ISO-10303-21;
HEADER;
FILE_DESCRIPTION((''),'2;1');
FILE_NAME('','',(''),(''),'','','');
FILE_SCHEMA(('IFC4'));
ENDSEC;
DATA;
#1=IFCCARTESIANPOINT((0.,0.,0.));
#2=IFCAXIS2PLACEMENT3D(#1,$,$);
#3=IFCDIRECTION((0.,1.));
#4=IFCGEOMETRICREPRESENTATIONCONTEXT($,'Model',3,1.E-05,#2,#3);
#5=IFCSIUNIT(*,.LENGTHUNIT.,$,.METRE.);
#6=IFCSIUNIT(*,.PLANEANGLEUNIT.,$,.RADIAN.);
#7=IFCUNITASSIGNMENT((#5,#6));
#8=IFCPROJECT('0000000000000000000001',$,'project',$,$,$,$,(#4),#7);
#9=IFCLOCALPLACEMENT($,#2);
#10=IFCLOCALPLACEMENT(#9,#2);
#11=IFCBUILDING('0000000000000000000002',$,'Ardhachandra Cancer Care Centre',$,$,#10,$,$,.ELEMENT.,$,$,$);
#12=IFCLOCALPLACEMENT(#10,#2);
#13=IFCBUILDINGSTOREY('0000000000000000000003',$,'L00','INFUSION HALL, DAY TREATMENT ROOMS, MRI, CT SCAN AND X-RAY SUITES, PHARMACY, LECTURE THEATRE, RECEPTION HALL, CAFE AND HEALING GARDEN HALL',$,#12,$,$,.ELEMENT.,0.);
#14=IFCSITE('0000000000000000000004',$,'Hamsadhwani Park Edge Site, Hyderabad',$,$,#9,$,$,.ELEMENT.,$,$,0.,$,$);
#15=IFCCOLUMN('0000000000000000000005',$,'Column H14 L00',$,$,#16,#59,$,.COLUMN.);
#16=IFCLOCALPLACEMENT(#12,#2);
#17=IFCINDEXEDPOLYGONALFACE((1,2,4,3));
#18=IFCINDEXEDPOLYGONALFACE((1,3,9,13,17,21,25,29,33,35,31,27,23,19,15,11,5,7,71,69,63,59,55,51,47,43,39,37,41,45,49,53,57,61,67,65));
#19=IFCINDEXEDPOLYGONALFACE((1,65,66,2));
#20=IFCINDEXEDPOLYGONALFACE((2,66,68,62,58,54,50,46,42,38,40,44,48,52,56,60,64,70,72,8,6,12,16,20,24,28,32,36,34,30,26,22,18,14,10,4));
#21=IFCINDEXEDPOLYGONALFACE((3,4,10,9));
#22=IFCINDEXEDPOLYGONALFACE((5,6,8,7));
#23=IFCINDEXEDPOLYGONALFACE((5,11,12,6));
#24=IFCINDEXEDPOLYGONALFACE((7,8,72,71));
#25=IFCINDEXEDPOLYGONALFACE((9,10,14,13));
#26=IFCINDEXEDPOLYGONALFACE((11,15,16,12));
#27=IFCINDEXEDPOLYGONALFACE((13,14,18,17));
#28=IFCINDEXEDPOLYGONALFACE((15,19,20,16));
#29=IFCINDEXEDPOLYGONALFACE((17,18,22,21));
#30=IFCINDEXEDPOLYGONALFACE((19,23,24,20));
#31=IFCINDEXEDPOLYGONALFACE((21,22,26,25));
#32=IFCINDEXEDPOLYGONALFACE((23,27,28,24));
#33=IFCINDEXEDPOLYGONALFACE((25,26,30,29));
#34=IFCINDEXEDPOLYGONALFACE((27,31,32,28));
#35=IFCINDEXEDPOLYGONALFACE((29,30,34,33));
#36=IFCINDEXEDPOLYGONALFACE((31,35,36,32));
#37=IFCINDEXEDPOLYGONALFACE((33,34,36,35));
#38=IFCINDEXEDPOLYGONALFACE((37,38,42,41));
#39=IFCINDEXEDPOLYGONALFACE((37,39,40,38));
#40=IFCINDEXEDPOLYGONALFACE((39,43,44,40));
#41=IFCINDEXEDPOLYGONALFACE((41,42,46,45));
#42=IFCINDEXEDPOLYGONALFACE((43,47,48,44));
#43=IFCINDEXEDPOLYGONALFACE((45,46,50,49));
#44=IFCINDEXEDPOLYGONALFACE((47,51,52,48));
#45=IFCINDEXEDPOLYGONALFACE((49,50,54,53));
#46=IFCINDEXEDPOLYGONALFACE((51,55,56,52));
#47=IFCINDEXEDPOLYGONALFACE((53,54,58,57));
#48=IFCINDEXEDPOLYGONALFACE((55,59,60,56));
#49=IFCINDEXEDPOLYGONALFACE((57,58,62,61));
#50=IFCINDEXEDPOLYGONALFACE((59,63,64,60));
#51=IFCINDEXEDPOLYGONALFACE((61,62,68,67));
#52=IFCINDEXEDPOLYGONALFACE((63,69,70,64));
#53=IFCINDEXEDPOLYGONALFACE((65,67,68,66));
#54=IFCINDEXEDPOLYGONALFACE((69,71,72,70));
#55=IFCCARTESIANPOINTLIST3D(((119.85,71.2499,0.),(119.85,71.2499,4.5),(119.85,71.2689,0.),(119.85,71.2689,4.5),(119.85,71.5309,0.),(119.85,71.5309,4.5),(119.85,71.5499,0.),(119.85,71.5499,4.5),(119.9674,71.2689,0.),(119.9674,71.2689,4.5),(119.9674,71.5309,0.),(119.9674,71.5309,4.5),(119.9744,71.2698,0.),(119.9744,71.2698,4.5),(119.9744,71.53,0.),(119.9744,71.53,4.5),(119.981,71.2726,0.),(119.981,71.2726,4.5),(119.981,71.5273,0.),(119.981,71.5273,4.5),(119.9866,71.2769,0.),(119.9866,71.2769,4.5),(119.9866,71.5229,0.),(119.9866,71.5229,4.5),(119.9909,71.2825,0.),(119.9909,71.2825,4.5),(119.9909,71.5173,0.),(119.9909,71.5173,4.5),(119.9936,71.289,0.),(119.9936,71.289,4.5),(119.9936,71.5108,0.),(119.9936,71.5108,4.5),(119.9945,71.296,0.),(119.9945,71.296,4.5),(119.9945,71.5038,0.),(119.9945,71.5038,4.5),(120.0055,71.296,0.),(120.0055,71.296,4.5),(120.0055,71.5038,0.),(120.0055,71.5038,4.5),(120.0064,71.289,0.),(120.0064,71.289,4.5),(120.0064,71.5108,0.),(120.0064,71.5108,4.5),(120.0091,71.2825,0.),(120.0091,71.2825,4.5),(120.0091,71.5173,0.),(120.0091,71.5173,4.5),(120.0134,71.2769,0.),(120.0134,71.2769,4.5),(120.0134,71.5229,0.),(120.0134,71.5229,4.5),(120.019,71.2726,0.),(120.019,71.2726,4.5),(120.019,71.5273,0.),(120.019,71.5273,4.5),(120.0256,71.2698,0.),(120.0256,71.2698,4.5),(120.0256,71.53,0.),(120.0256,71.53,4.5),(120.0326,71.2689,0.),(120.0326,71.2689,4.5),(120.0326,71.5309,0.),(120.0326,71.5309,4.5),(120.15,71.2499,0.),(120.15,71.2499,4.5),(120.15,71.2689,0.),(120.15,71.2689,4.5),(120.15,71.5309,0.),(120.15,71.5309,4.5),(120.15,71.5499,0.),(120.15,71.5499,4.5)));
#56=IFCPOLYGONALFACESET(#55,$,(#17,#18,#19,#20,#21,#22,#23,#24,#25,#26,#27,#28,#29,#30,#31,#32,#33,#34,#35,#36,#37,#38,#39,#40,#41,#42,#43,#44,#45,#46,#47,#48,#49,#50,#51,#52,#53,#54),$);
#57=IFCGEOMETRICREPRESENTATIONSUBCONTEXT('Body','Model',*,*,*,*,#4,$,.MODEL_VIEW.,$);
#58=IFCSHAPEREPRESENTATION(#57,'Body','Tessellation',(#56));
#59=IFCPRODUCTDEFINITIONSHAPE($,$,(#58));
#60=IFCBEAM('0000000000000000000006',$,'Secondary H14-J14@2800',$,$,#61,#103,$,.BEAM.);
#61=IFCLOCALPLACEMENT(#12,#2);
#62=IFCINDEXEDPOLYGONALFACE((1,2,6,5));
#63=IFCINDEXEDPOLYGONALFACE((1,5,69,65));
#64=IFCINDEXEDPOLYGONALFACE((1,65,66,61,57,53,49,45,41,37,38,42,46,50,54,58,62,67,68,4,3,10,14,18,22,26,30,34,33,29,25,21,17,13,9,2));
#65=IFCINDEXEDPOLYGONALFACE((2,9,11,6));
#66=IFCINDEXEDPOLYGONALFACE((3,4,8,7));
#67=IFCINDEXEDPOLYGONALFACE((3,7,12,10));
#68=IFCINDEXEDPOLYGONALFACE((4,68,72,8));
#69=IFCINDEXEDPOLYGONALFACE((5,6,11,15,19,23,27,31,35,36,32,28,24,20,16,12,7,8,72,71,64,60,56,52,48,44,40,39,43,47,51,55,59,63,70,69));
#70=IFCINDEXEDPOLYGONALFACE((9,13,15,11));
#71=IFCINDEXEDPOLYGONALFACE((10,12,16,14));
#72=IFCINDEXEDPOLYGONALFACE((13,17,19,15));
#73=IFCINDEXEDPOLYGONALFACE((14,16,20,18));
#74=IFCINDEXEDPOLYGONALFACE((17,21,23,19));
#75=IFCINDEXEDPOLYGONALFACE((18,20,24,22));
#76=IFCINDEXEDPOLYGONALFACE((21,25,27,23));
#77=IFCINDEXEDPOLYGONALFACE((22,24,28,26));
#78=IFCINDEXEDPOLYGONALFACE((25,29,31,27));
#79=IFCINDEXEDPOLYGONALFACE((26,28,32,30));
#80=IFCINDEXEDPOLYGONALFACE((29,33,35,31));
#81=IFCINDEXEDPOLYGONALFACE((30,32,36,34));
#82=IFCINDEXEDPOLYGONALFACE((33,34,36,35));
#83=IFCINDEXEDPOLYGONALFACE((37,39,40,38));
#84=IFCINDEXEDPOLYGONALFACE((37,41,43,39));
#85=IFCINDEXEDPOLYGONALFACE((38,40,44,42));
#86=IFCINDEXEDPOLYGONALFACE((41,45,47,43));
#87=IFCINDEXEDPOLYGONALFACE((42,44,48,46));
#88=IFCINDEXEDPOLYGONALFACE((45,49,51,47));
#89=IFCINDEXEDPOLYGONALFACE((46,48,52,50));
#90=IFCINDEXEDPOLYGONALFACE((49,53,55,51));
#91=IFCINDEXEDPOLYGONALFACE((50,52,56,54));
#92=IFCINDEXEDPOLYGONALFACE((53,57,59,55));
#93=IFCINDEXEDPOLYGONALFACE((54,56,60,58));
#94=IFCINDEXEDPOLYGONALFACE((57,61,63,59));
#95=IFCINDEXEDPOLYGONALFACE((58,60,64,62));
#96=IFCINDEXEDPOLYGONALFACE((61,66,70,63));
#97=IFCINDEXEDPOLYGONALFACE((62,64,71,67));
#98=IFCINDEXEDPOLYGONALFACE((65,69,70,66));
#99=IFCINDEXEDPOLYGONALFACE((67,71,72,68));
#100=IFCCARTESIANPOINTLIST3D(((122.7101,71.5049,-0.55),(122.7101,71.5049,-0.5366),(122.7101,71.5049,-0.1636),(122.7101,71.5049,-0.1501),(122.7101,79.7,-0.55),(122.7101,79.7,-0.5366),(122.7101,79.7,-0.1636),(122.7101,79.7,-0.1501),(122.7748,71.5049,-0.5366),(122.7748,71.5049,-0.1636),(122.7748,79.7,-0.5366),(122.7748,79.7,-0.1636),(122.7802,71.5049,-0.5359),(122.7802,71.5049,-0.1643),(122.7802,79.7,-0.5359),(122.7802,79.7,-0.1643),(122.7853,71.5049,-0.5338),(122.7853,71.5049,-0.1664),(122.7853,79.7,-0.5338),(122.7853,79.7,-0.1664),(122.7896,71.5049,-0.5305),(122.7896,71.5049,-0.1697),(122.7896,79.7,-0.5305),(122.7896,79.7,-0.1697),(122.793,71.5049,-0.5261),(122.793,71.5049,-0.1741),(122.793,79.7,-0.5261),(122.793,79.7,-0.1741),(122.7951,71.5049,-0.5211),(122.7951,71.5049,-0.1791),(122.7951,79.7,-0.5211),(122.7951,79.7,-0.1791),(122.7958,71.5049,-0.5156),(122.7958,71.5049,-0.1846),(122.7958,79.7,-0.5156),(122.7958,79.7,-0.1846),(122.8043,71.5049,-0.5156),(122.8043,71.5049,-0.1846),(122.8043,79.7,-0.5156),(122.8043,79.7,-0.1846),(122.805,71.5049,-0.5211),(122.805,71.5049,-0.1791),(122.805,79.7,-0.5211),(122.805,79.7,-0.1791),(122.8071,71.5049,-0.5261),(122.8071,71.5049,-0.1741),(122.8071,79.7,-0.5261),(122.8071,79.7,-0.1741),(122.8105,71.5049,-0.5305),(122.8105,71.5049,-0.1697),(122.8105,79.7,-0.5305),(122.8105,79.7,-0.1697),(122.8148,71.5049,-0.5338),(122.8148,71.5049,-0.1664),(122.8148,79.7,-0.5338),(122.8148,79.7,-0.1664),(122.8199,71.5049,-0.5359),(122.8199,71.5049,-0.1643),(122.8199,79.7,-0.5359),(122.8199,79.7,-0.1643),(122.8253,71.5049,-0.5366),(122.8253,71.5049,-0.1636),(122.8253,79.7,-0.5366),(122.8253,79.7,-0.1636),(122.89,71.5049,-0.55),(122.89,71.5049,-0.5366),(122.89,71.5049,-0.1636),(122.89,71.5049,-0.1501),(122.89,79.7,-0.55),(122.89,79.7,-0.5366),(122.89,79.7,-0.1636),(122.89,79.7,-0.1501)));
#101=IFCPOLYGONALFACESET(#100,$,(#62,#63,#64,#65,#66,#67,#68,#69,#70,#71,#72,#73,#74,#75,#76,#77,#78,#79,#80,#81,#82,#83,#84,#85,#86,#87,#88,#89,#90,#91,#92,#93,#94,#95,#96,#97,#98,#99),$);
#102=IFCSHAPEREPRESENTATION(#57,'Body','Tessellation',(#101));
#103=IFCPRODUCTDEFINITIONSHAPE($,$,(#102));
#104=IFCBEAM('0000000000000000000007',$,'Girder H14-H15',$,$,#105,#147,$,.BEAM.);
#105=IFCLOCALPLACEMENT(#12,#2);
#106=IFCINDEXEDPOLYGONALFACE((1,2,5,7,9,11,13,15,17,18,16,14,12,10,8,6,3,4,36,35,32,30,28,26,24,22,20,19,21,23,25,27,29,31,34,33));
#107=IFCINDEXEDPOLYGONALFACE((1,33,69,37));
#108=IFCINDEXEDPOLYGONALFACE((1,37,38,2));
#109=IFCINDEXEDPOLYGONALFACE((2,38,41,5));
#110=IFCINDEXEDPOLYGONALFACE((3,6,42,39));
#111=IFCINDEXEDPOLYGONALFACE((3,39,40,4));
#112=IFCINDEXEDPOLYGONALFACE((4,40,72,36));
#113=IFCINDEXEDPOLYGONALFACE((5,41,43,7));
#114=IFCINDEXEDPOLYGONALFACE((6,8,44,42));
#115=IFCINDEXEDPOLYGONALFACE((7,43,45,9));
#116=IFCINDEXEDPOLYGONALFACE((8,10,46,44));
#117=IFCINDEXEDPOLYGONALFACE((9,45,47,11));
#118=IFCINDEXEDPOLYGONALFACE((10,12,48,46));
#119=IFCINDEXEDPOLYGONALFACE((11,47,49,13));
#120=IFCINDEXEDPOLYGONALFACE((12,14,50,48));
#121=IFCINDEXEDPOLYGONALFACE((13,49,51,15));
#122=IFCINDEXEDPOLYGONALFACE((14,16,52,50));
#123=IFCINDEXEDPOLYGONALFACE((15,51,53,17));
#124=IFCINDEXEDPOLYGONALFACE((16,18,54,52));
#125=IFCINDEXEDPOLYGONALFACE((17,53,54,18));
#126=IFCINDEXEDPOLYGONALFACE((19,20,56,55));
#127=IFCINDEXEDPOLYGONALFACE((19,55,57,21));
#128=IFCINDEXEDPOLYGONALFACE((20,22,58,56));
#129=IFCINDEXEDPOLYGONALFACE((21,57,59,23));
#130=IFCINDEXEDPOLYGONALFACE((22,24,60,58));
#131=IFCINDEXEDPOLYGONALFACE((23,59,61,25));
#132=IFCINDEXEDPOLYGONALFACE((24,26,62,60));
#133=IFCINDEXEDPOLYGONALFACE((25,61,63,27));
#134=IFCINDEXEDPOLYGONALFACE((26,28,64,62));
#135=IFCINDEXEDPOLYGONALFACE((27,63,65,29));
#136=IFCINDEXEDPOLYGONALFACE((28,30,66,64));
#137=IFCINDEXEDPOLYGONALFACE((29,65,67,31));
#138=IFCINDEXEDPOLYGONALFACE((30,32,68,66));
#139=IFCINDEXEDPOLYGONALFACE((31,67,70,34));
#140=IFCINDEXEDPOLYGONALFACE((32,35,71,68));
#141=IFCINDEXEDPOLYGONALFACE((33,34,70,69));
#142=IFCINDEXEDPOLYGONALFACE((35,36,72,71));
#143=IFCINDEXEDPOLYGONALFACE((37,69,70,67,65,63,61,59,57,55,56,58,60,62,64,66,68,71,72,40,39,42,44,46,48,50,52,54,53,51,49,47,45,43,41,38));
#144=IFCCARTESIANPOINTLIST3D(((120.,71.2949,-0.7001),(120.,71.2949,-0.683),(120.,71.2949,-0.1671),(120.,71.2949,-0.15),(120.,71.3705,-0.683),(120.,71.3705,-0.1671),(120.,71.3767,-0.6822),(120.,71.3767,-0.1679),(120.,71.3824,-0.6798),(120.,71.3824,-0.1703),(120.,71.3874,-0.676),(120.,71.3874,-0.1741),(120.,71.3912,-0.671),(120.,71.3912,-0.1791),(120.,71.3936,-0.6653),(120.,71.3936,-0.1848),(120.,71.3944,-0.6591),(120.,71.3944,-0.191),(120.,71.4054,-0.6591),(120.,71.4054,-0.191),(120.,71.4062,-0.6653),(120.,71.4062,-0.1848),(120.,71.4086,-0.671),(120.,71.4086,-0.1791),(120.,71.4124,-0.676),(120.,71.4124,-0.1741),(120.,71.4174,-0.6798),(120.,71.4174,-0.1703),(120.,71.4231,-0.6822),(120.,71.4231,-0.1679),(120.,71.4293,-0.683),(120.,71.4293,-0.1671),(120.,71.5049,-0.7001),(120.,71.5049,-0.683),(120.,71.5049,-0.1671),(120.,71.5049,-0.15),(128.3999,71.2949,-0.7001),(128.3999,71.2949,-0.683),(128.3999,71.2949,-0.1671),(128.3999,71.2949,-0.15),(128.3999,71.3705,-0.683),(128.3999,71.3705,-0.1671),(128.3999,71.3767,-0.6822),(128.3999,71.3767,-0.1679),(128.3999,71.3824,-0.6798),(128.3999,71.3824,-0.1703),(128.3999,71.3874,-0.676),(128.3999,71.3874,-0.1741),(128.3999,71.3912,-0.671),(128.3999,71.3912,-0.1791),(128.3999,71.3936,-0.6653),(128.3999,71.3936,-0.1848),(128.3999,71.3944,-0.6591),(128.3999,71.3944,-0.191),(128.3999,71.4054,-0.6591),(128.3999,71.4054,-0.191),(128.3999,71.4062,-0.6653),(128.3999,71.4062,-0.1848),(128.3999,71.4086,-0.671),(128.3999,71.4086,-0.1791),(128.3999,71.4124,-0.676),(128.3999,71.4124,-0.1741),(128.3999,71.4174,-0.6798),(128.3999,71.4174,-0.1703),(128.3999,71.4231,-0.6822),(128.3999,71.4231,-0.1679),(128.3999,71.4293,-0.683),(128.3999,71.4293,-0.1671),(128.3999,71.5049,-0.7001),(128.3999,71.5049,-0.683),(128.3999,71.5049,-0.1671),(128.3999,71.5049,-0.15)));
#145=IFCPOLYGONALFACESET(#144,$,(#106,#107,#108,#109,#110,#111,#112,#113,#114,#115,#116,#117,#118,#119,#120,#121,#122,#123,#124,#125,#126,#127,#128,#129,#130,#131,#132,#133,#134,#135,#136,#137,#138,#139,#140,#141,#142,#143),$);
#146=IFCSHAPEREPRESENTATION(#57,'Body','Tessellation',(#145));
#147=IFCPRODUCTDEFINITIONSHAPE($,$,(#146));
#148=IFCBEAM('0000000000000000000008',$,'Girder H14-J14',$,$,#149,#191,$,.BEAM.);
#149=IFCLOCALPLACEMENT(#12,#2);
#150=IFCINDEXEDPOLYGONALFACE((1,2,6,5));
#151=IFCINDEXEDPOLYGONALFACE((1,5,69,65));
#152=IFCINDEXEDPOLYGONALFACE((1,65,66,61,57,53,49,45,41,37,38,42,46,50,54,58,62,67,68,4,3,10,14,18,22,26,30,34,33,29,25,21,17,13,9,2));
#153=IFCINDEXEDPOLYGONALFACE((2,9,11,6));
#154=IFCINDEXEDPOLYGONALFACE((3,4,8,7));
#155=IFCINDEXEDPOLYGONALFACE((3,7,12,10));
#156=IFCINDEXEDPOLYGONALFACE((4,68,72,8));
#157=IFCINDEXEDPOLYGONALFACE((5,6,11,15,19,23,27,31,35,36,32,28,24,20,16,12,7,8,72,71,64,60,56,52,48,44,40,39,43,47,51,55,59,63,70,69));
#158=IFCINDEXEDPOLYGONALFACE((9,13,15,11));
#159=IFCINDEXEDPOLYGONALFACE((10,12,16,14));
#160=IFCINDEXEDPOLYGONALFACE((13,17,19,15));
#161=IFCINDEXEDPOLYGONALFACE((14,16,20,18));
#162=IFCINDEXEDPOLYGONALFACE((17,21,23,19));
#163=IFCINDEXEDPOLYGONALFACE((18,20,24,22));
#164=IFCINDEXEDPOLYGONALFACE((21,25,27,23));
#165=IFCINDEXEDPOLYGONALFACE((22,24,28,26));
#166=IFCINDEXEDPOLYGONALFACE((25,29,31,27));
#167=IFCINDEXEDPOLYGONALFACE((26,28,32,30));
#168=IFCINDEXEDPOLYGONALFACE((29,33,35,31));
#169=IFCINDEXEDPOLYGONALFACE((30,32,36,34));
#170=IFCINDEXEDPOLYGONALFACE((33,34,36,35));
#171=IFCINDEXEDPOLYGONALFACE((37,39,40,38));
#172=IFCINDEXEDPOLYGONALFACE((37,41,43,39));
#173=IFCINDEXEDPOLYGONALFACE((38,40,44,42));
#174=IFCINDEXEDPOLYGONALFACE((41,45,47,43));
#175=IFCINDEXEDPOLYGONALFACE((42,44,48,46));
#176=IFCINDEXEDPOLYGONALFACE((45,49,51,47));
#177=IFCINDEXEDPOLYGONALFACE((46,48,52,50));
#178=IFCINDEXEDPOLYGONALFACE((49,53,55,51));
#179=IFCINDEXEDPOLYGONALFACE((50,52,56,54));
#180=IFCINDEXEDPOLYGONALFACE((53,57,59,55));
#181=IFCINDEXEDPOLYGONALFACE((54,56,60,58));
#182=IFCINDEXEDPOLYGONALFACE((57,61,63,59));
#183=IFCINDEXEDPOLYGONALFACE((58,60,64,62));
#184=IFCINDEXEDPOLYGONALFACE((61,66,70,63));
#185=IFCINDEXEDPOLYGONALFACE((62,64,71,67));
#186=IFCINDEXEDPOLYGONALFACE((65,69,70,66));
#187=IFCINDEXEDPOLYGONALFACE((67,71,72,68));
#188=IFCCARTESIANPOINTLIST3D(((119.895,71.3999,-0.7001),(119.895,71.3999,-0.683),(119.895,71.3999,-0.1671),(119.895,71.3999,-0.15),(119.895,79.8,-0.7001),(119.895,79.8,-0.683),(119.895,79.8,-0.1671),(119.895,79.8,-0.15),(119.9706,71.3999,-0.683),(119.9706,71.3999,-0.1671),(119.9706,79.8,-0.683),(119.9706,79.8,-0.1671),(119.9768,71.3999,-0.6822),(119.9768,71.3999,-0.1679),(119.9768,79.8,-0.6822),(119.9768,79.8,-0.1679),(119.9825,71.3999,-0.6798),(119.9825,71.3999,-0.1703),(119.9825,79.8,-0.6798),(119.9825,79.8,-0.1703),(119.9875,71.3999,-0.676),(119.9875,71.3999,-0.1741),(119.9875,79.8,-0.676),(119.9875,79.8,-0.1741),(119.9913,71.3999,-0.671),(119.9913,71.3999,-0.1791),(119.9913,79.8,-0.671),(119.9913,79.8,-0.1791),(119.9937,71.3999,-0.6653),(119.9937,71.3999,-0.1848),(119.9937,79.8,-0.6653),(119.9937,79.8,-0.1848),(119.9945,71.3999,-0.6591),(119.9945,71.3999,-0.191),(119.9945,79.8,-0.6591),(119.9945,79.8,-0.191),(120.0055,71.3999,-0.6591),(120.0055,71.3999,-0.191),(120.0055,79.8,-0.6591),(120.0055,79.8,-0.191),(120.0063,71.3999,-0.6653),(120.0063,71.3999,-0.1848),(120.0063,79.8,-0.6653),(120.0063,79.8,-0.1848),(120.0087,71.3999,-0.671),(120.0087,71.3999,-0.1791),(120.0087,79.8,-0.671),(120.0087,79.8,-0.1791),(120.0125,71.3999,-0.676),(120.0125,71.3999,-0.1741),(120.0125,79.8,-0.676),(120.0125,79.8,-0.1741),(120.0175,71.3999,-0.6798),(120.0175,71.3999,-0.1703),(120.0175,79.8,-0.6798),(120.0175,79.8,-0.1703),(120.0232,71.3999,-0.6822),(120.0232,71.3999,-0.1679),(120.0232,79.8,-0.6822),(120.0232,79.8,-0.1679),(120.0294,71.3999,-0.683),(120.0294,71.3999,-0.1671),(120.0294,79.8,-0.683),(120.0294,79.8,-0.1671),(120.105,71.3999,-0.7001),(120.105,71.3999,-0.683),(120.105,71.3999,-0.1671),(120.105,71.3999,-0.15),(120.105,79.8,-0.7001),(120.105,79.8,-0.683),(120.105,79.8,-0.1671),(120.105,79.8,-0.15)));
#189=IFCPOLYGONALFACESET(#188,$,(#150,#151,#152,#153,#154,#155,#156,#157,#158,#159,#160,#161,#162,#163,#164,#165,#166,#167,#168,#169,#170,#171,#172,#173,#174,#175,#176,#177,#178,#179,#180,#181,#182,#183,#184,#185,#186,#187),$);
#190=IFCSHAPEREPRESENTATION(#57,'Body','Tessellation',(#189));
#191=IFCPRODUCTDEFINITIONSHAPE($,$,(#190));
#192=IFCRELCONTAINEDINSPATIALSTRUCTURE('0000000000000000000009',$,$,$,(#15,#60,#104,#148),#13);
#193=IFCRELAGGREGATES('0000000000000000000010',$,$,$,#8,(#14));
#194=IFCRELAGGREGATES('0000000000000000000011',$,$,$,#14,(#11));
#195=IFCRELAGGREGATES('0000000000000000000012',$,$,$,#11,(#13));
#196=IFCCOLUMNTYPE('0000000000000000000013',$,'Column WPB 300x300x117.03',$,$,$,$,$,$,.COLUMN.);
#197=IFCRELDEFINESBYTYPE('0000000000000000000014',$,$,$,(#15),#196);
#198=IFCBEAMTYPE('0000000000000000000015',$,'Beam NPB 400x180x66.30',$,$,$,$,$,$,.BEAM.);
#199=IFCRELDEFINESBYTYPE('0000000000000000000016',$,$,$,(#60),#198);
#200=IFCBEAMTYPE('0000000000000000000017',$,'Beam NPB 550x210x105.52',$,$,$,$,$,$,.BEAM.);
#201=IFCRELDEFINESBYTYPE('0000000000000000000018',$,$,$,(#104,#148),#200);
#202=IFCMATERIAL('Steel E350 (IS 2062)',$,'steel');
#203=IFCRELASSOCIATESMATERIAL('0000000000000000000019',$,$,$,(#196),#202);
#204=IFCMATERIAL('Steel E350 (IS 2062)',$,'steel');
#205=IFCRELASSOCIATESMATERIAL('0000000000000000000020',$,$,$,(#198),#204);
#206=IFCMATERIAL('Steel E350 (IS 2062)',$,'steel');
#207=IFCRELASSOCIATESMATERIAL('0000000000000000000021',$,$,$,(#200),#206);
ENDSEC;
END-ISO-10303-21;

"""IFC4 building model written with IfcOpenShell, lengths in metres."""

from ifc_helpers import new_model, si_unit, direction, frame, origin, origin_2d, place, context, subcontext, project, spatial, i_section, extrude, material, material_profile, profile_set, type_object, element, save


model = new_model("IFC4")

# Units and contexts
model_context = context("Model", 3, precision=1e-05, world=origin(), true_north=direction((0.0, 1.0)))
body_context = subcontext(model_context, "Body", "Model", "MODEL_VIEW")
ifc_project = project(units=[si_unit("LENGTHUNIT", "METRE"), si_unit("PLANEANGLEUNIT", "RADIAN")], contexts=[model_context])

# Site, building, storey
site_placement = place(None, origin())
site = spatial("IfcSite", under=ifc_project, at=site_placement, Name="Hamsadhwani Park Edge Site, Hyderabad", CompositionType="ELEMENT", RefElevation=0.0)
building_placement = place(site_placement, origin())
building = spatial("IfcBuilding", under=site, at=building_placement, Name="Ardhachandra Cancer Care Centre", CompositionType="ELEMENT")
storey_placement = place(building_placement, origin())
storey = spatial("IfcBuildingStorey", under=building, at=storey_placement, Name="L00", Description="INFUSION HALL, DAY TREATMENT ROOMS, MRI, CT SCAN AND X-RAY SUITES, PHARMACY, LECTURE THEATRE, RECEPTION HALL, CAFE AND HEALING GARDEN HALL", CompositionType="ELEMENT", Elevation=0.0)

# Column
ifc_material_1 = material(Name="Steel E350 (IS 2062)", Category="steel")
ifc_material_profile_1 = material_profile(ifc_material_1, i_section(OverallWidth=0.3, OverallDepth=0.3, WebThickness=0.011, FlangeThickness=0.019, FilletRadius=0.0271, at=origin_2d()), Name="WPB 300x300x117.03")
ifc_profile_set_1 = profile_set([ifc_material_profile_1], Name="Steel E350 (IS 2062)")
column_type = type_object("IfcColumnType", Name="Column WPB 300x300x117.03", PredefinedType="COLUMN", material=ifc_profile_set_1)
column_placement = place(storey_placement, frame((120.0, 71.3999, 0.0), z_axis=(0.0, 0.0, 1.0), x_axis=(1.0, 0.0, 0.0)))
element("IfcColumn", 1, at=column_placement, inside=storey, type_object=column_type, Name="Column H14 L00", PredefinedType="COLUMN", context=body_context, shape_type="SweptSolid", body=[
    extrude(i_section(OverallWidth=0.3, OverallDepth=0.3, WebThickness=0.011, FlangeThickness=0.019, FilletRadius=0.0271, at=origin_2d()), origin(), (0.0, 0.0, 1.0), 4.5),
])

# Beams
ifc_material_2 = material(Name="Steel E350 (IS 2062)", Category="steel")
ifc_material_profile_2 = material_profile(ifc_material_2, i_section(OverallWidth=0.1799, OverallDepth=0.3999, WebThickness=0.0085, FlangeThickness=0.0134, FilletRadius=0.021, at=origin_2d()), Name="NPB 400x180x66.30")
ifc_profile_set_2 = profile_set([ifc_material_profile_2], Name="Steel E350 (IS 2062)")
beam_type_1 = type_object("IfcBeamType", Name="Beam NPB 400x180x66.30", PredefinedType="BEAM", material=ifc_profile_set_2)
beam_1_placement = place(storey_placement, frame((122.8, 71.5049, -0.3501), z_axis=(0.0, 1.0, 0.0), x_axis=(-1.0, 0.0, 0.0)))
element("IfcBeam", 2, at=beam_1_placement, inside=storey, type_object=beam_type_1, Name="Secondary H14-J14@2800", PredefinedType="BEAM", context=body_context, shape_type="SweptSolid", body=[
    extrude(i_section(OverallWidth=0.1799, OverallDepth=0.3999, WebThickness=0.0085, FlangeThickness=0.0134, FilletRadius=0.021, at=origin_2d()), origin(), (0.0, 0.0, 1.0), 8.1951),
])
ifc_material_3 = material(Name="Steel E350 (IS 2062)", Category="steel")
ifc_material_profile_3 = material_profile(ifc_material_3, i_section(OverallWidth=0.21, OverallDepth=0.55, WebThickness=0.011, FlangeThickness=0.0171, FilletRadius=0.0239, at=origin_2d()), Name="NPB 550x210x105.52")
ifc_profile_set_3 = profile_set([ifc_material_profile_3], Name="Steel E350 (IS 2062)")
beam_type_2 = type_object("IfcBeamType", Name="Beam NPB 550x210x105.52", PredefinedType="BEAM", material=ifc_profile_set_3)
beam_2_placement = place(storey_placement, frame((120.0, 71.3999, -0.425), z_axis=(1.0, 0.0, 0.0), x_axis=(0.0, 1.0, 0.0)))
element("IfcBeam", 3, at=beam_2_placement, inside=storey, type_object=beam_type_2, Name="Girder H14-H15", PredefinedType="BEAM", context=body_context, shape_type="SweptSolid", body=[
    extrude(i_section(OverallWidth=0.21, OverallDepth=0.55, WebThickness=0.011, FlangeThickness=0.0171, FilletRadius=0.0239, at=origin_2d()), origin(), (0.0, 0.0, 1.0), 8.3999),
])
beam_3_placement = place(storey_placement, frame((120.0, 71.3999, -0.425), z_axis=(0.0, 1.0, 0.0), x_axis=(-1.0, 0.0, 0.0)))
element("IfcBeam", 4, at=beam_3_placement, inside=storey, type_object=beam_type_2, Name="Girder H14-J14", PredefinedType="BEAM", context=body_context, shape_type="SweptSolid", body=[
    extrude(i_section(OverallWidth=0.21, OverallDepth=0.55, WebThickness=0.011, FlangeThickness=0.0171, FilletRadius=0.0239, at=origin_2d()), origin(), (0.0, 0.0, 1.0), 8.4001),
])

save(model, "model.ifc")
